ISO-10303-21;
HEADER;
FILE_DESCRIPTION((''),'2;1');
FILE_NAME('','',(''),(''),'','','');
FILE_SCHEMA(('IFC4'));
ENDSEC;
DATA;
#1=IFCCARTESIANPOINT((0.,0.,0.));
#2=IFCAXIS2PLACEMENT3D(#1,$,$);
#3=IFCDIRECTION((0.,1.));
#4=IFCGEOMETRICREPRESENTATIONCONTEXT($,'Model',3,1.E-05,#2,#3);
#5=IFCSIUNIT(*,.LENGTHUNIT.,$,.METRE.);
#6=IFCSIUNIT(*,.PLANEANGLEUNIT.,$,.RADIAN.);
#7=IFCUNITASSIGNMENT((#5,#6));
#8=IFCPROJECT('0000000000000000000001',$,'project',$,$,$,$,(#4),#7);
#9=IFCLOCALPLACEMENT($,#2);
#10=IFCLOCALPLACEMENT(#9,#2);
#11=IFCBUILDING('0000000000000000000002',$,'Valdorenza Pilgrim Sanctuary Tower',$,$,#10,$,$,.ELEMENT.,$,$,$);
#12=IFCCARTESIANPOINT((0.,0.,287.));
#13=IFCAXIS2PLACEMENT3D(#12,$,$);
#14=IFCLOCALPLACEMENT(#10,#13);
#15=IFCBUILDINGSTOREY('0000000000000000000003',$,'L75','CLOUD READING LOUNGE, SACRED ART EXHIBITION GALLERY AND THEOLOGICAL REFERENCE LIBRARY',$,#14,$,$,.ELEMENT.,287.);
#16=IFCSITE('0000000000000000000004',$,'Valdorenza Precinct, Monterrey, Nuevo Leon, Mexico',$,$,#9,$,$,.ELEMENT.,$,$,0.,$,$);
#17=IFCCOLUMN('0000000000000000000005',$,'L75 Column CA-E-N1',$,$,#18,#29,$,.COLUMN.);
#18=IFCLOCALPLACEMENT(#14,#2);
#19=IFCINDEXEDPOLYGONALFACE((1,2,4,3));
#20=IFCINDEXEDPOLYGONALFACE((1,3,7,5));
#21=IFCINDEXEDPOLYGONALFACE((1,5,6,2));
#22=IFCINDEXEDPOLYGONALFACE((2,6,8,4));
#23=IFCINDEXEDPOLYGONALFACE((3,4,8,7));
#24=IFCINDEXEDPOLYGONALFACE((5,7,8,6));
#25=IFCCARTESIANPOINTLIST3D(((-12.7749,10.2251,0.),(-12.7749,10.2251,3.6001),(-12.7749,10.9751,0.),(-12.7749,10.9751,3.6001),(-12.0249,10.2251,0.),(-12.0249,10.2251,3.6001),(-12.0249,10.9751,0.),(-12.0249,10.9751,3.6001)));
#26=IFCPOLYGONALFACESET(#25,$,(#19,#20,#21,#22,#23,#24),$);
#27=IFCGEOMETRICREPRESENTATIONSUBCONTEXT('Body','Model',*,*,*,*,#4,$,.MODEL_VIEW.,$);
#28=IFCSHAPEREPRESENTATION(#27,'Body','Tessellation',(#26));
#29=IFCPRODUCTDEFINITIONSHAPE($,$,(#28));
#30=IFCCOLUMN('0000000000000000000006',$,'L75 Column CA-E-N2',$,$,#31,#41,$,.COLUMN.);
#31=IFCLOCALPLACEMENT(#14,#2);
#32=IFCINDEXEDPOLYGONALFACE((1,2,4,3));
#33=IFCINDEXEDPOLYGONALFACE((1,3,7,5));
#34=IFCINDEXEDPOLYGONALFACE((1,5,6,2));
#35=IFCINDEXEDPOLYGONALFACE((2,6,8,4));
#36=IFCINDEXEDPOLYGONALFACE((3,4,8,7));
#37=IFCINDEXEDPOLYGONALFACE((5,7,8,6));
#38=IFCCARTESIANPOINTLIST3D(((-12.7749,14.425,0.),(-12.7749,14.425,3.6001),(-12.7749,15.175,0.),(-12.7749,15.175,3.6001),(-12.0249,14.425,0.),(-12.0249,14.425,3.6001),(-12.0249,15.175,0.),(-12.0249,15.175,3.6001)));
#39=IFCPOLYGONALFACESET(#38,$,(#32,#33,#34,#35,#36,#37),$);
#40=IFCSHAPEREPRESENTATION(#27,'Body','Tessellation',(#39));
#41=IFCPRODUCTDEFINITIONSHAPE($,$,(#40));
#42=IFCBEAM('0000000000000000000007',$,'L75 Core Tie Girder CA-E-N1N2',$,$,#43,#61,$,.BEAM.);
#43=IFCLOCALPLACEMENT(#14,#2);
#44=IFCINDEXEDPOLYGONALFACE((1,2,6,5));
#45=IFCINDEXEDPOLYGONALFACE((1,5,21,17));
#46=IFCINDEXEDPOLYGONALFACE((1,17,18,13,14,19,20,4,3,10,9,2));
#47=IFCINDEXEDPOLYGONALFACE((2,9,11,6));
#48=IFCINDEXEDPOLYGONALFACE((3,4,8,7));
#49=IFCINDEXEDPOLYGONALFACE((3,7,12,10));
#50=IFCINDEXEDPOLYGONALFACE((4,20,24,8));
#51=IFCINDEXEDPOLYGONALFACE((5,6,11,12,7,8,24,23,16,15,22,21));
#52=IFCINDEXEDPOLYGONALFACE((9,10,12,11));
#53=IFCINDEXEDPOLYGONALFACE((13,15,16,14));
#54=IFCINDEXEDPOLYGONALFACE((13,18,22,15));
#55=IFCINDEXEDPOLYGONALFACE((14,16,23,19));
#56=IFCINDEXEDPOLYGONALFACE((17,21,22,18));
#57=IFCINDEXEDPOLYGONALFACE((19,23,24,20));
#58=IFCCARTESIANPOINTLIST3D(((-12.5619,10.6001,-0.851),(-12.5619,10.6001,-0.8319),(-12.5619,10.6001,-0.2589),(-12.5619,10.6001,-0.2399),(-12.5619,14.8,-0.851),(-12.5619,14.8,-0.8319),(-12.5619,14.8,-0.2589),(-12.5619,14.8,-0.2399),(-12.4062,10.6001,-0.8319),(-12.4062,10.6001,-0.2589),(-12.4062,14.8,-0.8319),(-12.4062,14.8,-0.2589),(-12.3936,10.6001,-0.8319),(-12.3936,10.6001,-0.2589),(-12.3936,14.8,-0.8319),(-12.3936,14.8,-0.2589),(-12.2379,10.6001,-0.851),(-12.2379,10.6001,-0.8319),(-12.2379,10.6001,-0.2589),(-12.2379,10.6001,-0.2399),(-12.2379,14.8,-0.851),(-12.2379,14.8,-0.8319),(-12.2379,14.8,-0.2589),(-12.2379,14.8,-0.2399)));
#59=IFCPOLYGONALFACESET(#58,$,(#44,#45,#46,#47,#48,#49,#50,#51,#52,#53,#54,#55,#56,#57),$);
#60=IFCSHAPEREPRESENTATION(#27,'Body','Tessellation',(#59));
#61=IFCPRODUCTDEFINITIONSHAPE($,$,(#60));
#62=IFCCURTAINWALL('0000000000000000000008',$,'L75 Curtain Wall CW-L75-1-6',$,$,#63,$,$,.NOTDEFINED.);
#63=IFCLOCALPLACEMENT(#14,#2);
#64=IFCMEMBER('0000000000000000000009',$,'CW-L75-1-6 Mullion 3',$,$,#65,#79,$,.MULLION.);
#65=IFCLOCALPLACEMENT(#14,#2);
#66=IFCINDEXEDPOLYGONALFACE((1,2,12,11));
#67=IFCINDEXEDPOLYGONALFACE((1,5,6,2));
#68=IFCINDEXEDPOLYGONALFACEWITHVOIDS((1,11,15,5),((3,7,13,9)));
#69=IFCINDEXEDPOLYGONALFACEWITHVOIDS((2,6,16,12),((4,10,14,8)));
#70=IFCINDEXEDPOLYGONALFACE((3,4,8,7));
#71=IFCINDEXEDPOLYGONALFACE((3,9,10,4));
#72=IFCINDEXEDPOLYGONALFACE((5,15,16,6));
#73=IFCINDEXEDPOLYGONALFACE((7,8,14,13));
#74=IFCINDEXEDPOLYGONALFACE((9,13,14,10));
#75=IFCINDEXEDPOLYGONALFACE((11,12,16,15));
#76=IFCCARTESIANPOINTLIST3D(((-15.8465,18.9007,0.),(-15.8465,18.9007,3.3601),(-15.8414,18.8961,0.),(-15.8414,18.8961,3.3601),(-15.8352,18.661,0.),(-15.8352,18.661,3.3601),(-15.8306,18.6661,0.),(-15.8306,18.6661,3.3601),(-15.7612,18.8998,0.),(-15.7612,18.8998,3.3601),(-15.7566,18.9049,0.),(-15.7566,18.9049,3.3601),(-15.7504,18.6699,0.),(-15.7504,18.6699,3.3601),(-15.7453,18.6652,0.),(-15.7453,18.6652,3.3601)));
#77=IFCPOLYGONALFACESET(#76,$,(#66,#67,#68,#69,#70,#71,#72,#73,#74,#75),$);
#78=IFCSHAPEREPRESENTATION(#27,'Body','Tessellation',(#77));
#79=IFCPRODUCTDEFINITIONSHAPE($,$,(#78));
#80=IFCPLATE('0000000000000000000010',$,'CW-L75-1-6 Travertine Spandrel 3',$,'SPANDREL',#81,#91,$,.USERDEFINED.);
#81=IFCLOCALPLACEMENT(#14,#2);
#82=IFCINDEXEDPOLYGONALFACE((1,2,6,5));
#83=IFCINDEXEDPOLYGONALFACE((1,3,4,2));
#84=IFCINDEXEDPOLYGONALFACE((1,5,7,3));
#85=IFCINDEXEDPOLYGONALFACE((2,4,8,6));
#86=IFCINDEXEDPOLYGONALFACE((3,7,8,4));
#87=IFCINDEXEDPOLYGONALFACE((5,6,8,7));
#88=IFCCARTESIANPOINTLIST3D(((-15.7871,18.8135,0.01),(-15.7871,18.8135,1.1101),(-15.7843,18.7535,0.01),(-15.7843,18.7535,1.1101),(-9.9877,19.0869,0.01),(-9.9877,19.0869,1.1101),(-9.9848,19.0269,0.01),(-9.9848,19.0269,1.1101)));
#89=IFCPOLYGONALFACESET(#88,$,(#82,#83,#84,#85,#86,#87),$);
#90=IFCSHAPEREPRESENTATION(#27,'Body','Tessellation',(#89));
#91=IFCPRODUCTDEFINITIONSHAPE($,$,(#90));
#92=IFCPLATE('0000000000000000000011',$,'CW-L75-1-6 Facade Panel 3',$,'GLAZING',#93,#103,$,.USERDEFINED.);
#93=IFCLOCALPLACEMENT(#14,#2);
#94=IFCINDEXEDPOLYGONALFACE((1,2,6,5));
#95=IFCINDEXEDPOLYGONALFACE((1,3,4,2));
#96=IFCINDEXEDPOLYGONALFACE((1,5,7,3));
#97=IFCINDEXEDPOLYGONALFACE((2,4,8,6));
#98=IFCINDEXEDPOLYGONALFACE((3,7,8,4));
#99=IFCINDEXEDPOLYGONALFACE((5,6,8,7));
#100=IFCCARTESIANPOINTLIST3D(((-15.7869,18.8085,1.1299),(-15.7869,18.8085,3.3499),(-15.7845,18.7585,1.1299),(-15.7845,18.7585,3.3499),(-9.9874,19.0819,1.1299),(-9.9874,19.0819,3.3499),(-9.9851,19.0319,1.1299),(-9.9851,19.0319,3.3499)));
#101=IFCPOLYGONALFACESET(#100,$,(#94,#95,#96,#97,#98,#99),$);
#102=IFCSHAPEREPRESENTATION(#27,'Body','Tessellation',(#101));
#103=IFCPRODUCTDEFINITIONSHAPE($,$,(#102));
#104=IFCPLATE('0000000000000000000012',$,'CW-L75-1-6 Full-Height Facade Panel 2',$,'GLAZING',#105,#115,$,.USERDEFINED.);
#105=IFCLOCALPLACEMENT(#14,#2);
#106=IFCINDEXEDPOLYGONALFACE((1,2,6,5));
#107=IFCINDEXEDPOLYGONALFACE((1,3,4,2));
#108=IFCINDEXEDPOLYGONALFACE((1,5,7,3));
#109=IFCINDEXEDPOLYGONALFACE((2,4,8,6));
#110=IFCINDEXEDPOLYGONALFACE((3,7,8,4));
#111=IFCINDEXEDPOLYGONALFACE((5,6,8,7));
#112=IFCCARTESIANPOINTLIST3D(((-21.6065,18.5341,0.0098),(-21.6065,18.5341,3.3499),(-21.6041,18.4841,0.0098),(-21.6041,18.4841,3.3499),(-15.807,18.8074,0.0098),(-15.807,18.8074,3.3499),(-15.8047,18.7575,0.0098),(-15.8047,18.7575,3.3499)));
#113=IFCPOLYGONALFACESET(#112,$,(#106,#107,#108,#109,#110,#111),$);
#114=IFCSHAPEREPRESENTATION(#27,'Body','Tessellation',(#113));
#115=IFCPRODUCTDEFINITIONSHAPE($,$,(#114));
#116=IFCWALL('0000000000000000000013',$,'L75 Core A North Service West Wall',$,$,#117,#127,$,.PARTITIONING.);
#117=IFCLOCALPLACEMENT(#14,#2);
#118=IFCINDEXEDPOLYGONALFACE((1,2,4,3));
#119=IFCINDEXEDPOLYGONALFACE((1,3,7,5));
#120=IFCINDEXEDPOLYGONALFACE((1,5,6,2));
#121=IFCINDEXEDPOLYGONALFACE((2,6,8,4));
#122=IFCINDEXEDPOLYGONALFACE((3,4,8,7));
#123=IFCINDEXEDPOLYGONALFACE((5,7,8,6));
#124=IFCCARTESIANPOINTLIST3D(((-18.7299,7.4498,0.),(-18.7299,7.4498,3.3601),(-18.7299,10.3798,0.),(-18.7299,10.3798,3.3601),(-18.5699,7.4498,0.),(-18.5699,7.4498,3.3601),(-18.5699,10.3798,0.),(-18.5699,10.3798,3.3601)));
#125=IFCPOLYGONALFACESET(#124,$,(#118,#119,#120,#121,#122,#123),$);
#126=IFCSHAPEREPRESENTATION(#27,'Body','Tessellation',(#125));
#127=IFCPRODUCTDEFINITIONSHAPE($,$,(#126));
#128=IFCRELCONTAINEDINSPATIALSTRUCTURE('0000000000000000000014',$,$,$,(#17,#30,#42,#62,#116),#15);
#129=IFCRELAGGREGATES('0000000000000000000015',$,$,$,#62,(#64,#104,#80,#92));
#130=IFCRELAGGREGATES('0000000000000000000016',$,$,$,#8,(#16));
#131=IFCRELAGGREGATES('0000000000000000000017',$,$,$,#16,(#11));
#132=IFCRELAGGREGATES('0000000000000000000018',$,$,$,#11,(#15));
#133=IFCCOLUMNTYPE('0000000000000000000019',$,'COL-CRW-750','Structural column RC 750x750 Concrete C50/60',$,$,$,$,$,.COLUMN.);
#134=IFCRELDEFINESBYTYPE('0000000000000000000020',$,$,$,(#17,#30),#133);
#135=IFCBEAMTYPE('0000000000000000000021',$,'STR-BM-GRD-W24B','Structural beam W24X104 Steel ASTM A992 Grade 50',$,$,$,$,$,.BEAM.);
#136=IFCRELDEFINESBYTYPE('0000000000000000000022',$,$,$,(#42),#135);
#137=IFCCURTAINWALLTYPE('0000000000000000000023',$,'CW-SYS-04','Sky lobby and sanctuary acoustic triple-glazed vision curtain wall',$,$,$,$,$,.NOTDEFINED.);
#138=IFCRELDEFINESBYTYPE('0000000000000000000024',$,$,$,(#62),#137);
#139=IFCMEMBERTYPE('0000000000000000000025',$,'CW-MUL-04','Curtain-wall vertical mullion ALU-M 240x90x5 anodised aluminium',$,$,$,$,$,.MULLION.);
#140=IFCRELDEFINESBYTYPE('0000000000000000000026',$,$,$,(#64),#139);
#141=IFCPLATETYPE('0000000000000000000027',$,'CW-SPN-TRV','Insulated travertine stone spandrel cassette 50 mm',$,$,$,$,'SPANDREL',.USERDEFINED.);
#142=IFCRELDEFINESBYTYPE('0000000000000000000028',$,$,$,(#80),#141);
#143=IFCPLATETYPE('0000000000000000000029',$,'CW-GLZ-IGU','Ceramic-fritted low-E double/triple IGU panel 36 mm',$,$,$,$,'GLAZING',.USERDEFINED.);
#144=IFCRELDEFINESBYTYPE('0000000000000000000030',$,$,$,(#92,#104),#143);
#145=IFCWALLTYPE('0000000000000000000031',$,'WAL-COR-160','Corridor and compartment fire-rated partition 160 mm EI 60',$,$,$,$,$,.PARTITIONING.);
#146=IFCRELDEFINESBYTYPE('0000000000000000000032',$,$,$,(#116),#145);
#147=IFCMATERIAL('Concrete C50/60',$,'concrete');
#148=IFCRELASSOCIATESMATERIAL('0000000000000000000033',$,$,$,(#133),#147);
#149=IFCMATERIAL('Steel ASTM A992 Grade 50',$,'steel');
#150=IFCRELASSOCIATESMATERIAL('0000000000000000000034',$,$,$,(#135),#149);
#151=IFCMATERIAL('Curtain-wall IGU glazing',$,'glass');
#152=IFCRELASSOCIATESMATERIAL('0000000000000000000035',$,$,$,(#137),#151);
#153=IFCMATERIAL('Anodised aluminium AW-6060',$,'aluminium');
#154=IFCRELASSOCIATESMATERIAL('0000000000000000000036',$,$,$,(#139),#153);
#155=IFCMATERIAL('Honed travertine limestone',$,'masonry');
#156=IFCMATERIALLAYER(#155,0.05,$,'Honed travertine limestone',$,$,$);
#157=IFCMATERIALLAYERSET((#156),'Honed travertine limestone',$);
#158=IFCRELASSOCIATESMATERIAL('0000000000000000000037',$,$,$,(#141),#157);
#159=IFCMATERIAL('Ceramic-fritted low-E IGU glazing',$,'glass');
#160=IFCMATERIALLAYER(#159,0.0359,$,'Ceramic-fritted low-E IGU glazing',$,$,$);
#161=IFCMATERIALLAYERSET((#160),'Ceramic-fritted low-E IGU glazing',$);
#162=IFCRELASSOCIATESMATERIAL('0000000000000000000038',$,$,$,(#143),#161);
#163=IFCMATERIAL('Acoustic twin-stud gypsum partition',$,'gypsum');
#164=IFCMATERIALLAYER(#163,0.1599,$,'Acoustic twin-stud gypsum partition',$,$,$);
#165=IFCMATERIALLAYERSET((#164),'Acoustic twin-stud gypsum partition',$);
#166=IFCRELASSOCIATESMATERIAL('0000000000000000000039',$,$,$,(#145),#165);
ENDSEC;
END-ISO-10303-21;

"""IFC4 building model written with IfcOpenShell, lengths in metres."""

from ifc_helpers import new_model, si_unit, direction, frame, frame_2d, origin, origin_2d, place, context, subcontext, project, spatial, rectangle, hollow_rectangle, i_section, extrude, source, transform, mapped, material, layer, layer_set, material_profile, profile_set, type_object, element, aggregate, save


model = new_model("IFC4")

# Units and contexts
model_context = context("Model", 3, precision=1e-05, world=origin(), true_north=direction((0.0, 1.0)))
body_context = subcontext(model_context, "Body", "Model", "MODEL_VIEW")
ifc_project = project(units=[si_unit("LENGTHUNIT", "METRE"), si_unit("PLANEANGLEUNIT", "RADIAN")], contexts=[model_context])

# Site, building, storey
site_placement = place(None, origin())
site = spatial("IfcSite", under=ifc_project, at=site_placement, Name="Valdorenza Precinct, Monterrey, Nuevo Leon, Mexico", CompositionType="ELEMENT", RefElevation=0.0)
building_placement = place(site_placement, origin())
building = spatial("IfcBuilding", under=site, at=building_placement, Name="Valdorenza Pilgrim Sanctuary Tower", CompositionType="ELEMENT")
storey_placement = place(building_placement, frame((0.0, 0.0, 287.0)))
storey = spatial("IfcBuildingStorey", under=building, at=storey_placement, Name="L75", Description="CLOUD READING LOUNGE, SACRED ART EXHIBITION GALLERY AND THEOLOGICAL REFERENCE LIBRARY", CompositionType="ELEMENT", Elevation=287.0)

# Columns
ifc_material_1 = material(Name="Concrete C50/60", Category="concrete")
ifc_material_profile_1 = material_profile(ifc_material_1, rectangle(XDim=0.75, YDim=0.75, at=origin_2d()), Name="RC 750x750")
ifc_profile_set_1 = profile_set([ifc_material_profile_1], Name="Concrete C50/60")
column_type = type_object("IfcColumnType", Name="COL-CRW-750", Description="Structural column RC 750x750 Concrete C50/60", PredefinedType="COLUMN", material=ifc_profile_set_1)
shared_shape_1 = source(origin(), body_context, "Body", "SweptSolid", [
    extrude(rectangle(XDim=0.75, YDim=0.75, at=origin_2d()), origin(), (0.0, 0.0, 1.0), 3.6001),
])
for number, where, z_axis, x_axis, name in (
    (1, (-12.3999, 10.6001, 0.0), (0.0, 0.0, 1.0), (1.0, 0.0, 0.0), "L75 Column CA-E-N1"),
    (2, (-12.3999, 14.8, 0.0), (0.0, 0.0, 1.0), (1.0, 0.0, 0.0), "L75 Column CA-E-N2"),
):
    element("IfcColumn", number, at=place(storey_placement, frame(where, z_axis=z_axis, x_axis=x_axis)), inside=storey, type_object=column_type, Name=name, PredefinedType="COLUMN", context=body_context, shape_type="MappedRepresentation", body=[
        mapped(shared_shape_1, transform((0.0, 0.0, 0.0), x_axis=(1.0, 0.0, 0.0), y_axis=(0.0, 1.0, 0.0), z_axis=(0.0, 0.0, 1.0), scale=1.0)),
    ])

# Beam
ifc_material_2 = material(Name="Steel ASTM A992 Grade 50", Category="steel")
ifc_material_profile_2 = material_profile(ifc_material_2, i_section(OverallWidth=0.324, OverallDepth=0.6111, WebThickness=0.0127, FlangeThickness=0.019, at=origin_2d()), Name="W24X104")
ifc_profile_set_2 = profile_set([ifc_material_profile_2], Name="Steel ASTM A992 Grade 50")
beam_type = type_object("IfcBeamType", Name="STR-BM-GRD-W24B", Description="Structural beam W24X104 Steel ASTM A992 Grade 50", PredefinedType="BEAM", material=ifc_profile_set_2)
shared_shape_2 = source(origin(), body_context, "Body", "SweptSolid", [
    extrude(i_section(OverallWidth=0.324, OverallDepth=0.6111, WebThickness=0.0127, FlangeThickness=0.019, at=origin_2d()), origin(), (0.0, 0.0, 1.0), 4.2),
])
beam_placement = place(storey_placement, frame((-12.3999, 10.6001, -0.5454), z_axis=(0.0, 1.0, 0.0), x_axis=(-1.0, 0.0, 0.0)))
element("IfcBeam", 3, at=beam_placement, inside=storey, type_object=beam_type, Name="L75 Core Tie Girder CA-E-N1N2", PredefinedType="BEAM", context=body_context, shape_type="MappedRepresentation", body=[
    mapped(shared_shape_2, transform((0.0, 0.0, 0.0), x_axis=(1.0, 0.0, 0.0), y_axis=(0.0, 1.0, 0.0), z_axis=(0.0, 0.0, 1.0), scale=1.0)),
])

# Curtain wall, member, plates
ifc_material_3 = material(Name="Curtain-wall IGU glazing", Category="glass")
curtain_wall_type = type_object("IfcCurtainWallType", Name="CW-SYS-04", Description="Sky lobby and sanctuary acoustic triple-glazed vision curtain wall", PredefinedType="NOTDEFINED", material=ifc_material_3)
curtain_wall_placement = place(storey_placement, origin())
curtain_wall = element("IfcCurtainWall", 4, at=curtain_wall_placement, inside=storey, type_object=curtain_wall_type, Name="L75 Curtain Wall CW-L75-1-6", PredefinedType="NOTDEFINED")
ifc_material_4 = material(Name="Anodised aluminium AW-6060", Category="aluminium")
ifc_material_profile_3 = material_profile(ifc_material_4, hollow_rectangle(XDim=0.0901, YDim=0.24, WallThickness=0.0049, at=origin_2d()), Name="ALU-M 240x90x5")
ifc_profile_set_3 = profile_set([ifc_material_profile_3], Name="Anodised aluminium AW-6060")
member_type = type_object("IfcMemberType", Name="CW-MUL-04", Description="Curtain-wall vertical mullion ALU-M 240x90x5 anodised aluminium", PredefinedType="MULLION", material=ifc_profile_set_3)
shared_shape_3 = source(origin(), body_context, "Body", "SweptSolid", [
    extrude(hollow_rectangle(XDim=0.0901, YDim=0.24, WallThickness=0.0049, at=origin_2d()), origin(), (0.0, 0.0, 1.0), 3.3601),
])
member_placement = place(storey_placement, frame((-15.7959, 18.783, 0.0), z_axis=(0.0, 0.0, 1.0), x_axis=(0.998891, 0.047089, 0.0)))
member = element("IfcMember", 5, at=member_placement, type_object=member_type, Name="CW-L75-1-6 Mullion 3", PredefinedType="MULLION", context=body_context, shape_type="MappedRepresentation", body=[
    mapped(shared_shape_3, transform((0.0, 0.0, 0.0), x_axis=(1.0, 0.0, 0.0), y_axis=(0.0, 1.0, 0.0), z_axis=(0.0, 0.0, 1.0), scale=1.0)),
])
ifc_material_5 = material(Name="Honed travertine limestone", Category="masonry")
ifc_layer_1 = layer(ifc_material_5, 0.05, Name="Honed travertine limestone")
ifc_layer_set_1 = layer_set([ifc_layer_1], Name="Honed travertine limestone")
plate_type_1 = type_object("IfcPlateType", Name="CW-SPN-TRV", Description="Insulated travertine stone spandrel cassette 50 mm", ElementType="SPANDREL", PredefinedType="USERDEFINED", material=ifc_layer_set_1)
shared_shape_4 = source(origin(), body_context, "Body", "SweptSolid", [
    extrude(rectangle(XDim=5.8059, YDim=0.0601, at=origin_2d()), origin(), (0.0, 0.0, 1.0), 1.1001),
])
plate_1_placement = place(storey_placement, frame((-12.886, 18.9202, 0.01), z_axis=(0.0, 0.0, 1.0), x_axis=(0.998891, 0.047089, 0.0)))
plate_1 = element("IfcPlate", 6, at=plate_1_placement, type_object=plate_type_1, Name="CW-L75-1-6 Travertine Spandrel 3", ObjectType="SPANDREL", PredefinedType="USERDEFINED", context=body_context, shape_type="MappedRepresentation", body=[
    mapped(shared_shape_4, transform((0.0, 0.0, 0.0), x_axis=(1.0, 0.0, 0.0), y_axis=(0.0, 1.0, 0.0), z_axis=(0.0, 0.0, 1.0), scale=1.0)),
])
ifc_material_6 = material(Name="Ceramic-fritted low-E IGU glazing", Category="glass")
ifc_layer_2 = layer(ifc_material_6, 0.0359, Name="Ceramic-fritted low-E IGU glazing")
ifc_layer_set_2 = layer_set([ifc_layer_2], Name="Ceramic-fritted low-E IGU glazing")
plate_type_2 = type_object("IfcPlateType", Name="CW-GLZ-IGU", Description="Ceramic-fritted low-E double/triple IGU panel 36 mm", ElementType="GLAZING", PredefinedType="USERDEFINED", material=ifc_layer_set_2)
shared_shape_5 = source(origin(), body_context, "Body", "SweptSolid", [
    extrude(rectangle(XDim=5.8059, YDim=0.05, at=origin_2d()), origin(), (0.0, 0.0, 1.0), 2.22),
])
plate_2_placement = place(storey_placement, frame((-12.886, 18.9202, 1.1299), z_axis=(0.0, 0.0, 1.0), x_axis=(0.998891, 0.047089, 0.0)))
plate_2 = element("IfcPlate", 7, at=plate_2_placement, type_object=plate_type_2, Name="CW-L75-1-6 Facade Panel 3", ObjectType="GLAZING", PredefinedType="USERDEFINED", context=body_context, shape_type="MappedRepresentation", body=[
    mapped(shared_shape_5, transform((0.0, 0.0, 0.0), x_axis=(1.0, 0.0, 0.0), y_axis=(0.0, 1.0, 0.0), z_axis=(0.0, 0.0, 1.0), scale=1.0)),
])
shared_shape_6 = source(origin(), body_context, "Body", "SweptSolid", [
    extrude(rectangle(XDim=5.8059, YDim=0.05, at=origin_2d()), origin(), (0.0, 0.0, 1.0), 3.3401),
])
plate_3_placement = place(storey_placement, frame((-18.7056, 18.6458, 0.0098), z_axis=(0.0, 0.0, 1.0), x_axis=(0.998891, 0.047089, 0.0)))
plate_3 = element("IfcPlate", 8, at=plate_3_placement, type_object=plate_type_2, Name="CW-L75-1-6 Full-Height Facade Panel 2", ObjectType="GLAZING", PredefinedType="USERDEFINED", context=body_context, shape_type="MappedRepresentation", body=[
    mapped(shared_shape_6, transform((0.0, 0.0, 0.0), x_axis=(1.0, 0.0, 0.0), y_axis=(0.0, 1.0, 0.0), z_axis=(0.0, 0.0, 1.0), scale=1.0)),
])
aggregate(curtain_wall, [member, plate_3, plate_1, plate_2])

# Wall
ifc_material_7 = material(Name="Acoustic twin-stud gypsum partition", Category="gypsum")
ifc_layer_3 = layer(ifc_material_7, 0.1599, Name="Acoustic twin-stud gypsum partition")
ifc_layer_set_3 = layer_set([ifc_layer_3], Name="Acoustic twin-stud gypsum partition")
wall_type_1 = type_object("IfcWallType", Name="WAL-COR-160", Description="Corridor and compartment fire-rated partition 160 mm EI 60", PredefinedType="PARTITIONING", material=ifc_layer_set_3)
wall_1_placement = place(storey_placement, frame((-18.6499, 7.45, 0.0), z_axis=(0.0, 0.0, 1.0), x_axis=(0.0, 1.0, 0.0)))
element("IfcWall", 9, at=wall_1_placement, inside=storey, type_object=wall_type_1, Name="L75 Core A North Service West Wall", PredefinedType="PARTITIONING", context=body_context, shape_type="SweptSolid", body=[
    extrude(rectangle(XDim=2.9299, YDim=0.1599, at=frame_2d((1.4648, 0.0))), origin(), (0.0, 0.0, 1.0), 3.3601),
])

save(model, "model.ifc")
